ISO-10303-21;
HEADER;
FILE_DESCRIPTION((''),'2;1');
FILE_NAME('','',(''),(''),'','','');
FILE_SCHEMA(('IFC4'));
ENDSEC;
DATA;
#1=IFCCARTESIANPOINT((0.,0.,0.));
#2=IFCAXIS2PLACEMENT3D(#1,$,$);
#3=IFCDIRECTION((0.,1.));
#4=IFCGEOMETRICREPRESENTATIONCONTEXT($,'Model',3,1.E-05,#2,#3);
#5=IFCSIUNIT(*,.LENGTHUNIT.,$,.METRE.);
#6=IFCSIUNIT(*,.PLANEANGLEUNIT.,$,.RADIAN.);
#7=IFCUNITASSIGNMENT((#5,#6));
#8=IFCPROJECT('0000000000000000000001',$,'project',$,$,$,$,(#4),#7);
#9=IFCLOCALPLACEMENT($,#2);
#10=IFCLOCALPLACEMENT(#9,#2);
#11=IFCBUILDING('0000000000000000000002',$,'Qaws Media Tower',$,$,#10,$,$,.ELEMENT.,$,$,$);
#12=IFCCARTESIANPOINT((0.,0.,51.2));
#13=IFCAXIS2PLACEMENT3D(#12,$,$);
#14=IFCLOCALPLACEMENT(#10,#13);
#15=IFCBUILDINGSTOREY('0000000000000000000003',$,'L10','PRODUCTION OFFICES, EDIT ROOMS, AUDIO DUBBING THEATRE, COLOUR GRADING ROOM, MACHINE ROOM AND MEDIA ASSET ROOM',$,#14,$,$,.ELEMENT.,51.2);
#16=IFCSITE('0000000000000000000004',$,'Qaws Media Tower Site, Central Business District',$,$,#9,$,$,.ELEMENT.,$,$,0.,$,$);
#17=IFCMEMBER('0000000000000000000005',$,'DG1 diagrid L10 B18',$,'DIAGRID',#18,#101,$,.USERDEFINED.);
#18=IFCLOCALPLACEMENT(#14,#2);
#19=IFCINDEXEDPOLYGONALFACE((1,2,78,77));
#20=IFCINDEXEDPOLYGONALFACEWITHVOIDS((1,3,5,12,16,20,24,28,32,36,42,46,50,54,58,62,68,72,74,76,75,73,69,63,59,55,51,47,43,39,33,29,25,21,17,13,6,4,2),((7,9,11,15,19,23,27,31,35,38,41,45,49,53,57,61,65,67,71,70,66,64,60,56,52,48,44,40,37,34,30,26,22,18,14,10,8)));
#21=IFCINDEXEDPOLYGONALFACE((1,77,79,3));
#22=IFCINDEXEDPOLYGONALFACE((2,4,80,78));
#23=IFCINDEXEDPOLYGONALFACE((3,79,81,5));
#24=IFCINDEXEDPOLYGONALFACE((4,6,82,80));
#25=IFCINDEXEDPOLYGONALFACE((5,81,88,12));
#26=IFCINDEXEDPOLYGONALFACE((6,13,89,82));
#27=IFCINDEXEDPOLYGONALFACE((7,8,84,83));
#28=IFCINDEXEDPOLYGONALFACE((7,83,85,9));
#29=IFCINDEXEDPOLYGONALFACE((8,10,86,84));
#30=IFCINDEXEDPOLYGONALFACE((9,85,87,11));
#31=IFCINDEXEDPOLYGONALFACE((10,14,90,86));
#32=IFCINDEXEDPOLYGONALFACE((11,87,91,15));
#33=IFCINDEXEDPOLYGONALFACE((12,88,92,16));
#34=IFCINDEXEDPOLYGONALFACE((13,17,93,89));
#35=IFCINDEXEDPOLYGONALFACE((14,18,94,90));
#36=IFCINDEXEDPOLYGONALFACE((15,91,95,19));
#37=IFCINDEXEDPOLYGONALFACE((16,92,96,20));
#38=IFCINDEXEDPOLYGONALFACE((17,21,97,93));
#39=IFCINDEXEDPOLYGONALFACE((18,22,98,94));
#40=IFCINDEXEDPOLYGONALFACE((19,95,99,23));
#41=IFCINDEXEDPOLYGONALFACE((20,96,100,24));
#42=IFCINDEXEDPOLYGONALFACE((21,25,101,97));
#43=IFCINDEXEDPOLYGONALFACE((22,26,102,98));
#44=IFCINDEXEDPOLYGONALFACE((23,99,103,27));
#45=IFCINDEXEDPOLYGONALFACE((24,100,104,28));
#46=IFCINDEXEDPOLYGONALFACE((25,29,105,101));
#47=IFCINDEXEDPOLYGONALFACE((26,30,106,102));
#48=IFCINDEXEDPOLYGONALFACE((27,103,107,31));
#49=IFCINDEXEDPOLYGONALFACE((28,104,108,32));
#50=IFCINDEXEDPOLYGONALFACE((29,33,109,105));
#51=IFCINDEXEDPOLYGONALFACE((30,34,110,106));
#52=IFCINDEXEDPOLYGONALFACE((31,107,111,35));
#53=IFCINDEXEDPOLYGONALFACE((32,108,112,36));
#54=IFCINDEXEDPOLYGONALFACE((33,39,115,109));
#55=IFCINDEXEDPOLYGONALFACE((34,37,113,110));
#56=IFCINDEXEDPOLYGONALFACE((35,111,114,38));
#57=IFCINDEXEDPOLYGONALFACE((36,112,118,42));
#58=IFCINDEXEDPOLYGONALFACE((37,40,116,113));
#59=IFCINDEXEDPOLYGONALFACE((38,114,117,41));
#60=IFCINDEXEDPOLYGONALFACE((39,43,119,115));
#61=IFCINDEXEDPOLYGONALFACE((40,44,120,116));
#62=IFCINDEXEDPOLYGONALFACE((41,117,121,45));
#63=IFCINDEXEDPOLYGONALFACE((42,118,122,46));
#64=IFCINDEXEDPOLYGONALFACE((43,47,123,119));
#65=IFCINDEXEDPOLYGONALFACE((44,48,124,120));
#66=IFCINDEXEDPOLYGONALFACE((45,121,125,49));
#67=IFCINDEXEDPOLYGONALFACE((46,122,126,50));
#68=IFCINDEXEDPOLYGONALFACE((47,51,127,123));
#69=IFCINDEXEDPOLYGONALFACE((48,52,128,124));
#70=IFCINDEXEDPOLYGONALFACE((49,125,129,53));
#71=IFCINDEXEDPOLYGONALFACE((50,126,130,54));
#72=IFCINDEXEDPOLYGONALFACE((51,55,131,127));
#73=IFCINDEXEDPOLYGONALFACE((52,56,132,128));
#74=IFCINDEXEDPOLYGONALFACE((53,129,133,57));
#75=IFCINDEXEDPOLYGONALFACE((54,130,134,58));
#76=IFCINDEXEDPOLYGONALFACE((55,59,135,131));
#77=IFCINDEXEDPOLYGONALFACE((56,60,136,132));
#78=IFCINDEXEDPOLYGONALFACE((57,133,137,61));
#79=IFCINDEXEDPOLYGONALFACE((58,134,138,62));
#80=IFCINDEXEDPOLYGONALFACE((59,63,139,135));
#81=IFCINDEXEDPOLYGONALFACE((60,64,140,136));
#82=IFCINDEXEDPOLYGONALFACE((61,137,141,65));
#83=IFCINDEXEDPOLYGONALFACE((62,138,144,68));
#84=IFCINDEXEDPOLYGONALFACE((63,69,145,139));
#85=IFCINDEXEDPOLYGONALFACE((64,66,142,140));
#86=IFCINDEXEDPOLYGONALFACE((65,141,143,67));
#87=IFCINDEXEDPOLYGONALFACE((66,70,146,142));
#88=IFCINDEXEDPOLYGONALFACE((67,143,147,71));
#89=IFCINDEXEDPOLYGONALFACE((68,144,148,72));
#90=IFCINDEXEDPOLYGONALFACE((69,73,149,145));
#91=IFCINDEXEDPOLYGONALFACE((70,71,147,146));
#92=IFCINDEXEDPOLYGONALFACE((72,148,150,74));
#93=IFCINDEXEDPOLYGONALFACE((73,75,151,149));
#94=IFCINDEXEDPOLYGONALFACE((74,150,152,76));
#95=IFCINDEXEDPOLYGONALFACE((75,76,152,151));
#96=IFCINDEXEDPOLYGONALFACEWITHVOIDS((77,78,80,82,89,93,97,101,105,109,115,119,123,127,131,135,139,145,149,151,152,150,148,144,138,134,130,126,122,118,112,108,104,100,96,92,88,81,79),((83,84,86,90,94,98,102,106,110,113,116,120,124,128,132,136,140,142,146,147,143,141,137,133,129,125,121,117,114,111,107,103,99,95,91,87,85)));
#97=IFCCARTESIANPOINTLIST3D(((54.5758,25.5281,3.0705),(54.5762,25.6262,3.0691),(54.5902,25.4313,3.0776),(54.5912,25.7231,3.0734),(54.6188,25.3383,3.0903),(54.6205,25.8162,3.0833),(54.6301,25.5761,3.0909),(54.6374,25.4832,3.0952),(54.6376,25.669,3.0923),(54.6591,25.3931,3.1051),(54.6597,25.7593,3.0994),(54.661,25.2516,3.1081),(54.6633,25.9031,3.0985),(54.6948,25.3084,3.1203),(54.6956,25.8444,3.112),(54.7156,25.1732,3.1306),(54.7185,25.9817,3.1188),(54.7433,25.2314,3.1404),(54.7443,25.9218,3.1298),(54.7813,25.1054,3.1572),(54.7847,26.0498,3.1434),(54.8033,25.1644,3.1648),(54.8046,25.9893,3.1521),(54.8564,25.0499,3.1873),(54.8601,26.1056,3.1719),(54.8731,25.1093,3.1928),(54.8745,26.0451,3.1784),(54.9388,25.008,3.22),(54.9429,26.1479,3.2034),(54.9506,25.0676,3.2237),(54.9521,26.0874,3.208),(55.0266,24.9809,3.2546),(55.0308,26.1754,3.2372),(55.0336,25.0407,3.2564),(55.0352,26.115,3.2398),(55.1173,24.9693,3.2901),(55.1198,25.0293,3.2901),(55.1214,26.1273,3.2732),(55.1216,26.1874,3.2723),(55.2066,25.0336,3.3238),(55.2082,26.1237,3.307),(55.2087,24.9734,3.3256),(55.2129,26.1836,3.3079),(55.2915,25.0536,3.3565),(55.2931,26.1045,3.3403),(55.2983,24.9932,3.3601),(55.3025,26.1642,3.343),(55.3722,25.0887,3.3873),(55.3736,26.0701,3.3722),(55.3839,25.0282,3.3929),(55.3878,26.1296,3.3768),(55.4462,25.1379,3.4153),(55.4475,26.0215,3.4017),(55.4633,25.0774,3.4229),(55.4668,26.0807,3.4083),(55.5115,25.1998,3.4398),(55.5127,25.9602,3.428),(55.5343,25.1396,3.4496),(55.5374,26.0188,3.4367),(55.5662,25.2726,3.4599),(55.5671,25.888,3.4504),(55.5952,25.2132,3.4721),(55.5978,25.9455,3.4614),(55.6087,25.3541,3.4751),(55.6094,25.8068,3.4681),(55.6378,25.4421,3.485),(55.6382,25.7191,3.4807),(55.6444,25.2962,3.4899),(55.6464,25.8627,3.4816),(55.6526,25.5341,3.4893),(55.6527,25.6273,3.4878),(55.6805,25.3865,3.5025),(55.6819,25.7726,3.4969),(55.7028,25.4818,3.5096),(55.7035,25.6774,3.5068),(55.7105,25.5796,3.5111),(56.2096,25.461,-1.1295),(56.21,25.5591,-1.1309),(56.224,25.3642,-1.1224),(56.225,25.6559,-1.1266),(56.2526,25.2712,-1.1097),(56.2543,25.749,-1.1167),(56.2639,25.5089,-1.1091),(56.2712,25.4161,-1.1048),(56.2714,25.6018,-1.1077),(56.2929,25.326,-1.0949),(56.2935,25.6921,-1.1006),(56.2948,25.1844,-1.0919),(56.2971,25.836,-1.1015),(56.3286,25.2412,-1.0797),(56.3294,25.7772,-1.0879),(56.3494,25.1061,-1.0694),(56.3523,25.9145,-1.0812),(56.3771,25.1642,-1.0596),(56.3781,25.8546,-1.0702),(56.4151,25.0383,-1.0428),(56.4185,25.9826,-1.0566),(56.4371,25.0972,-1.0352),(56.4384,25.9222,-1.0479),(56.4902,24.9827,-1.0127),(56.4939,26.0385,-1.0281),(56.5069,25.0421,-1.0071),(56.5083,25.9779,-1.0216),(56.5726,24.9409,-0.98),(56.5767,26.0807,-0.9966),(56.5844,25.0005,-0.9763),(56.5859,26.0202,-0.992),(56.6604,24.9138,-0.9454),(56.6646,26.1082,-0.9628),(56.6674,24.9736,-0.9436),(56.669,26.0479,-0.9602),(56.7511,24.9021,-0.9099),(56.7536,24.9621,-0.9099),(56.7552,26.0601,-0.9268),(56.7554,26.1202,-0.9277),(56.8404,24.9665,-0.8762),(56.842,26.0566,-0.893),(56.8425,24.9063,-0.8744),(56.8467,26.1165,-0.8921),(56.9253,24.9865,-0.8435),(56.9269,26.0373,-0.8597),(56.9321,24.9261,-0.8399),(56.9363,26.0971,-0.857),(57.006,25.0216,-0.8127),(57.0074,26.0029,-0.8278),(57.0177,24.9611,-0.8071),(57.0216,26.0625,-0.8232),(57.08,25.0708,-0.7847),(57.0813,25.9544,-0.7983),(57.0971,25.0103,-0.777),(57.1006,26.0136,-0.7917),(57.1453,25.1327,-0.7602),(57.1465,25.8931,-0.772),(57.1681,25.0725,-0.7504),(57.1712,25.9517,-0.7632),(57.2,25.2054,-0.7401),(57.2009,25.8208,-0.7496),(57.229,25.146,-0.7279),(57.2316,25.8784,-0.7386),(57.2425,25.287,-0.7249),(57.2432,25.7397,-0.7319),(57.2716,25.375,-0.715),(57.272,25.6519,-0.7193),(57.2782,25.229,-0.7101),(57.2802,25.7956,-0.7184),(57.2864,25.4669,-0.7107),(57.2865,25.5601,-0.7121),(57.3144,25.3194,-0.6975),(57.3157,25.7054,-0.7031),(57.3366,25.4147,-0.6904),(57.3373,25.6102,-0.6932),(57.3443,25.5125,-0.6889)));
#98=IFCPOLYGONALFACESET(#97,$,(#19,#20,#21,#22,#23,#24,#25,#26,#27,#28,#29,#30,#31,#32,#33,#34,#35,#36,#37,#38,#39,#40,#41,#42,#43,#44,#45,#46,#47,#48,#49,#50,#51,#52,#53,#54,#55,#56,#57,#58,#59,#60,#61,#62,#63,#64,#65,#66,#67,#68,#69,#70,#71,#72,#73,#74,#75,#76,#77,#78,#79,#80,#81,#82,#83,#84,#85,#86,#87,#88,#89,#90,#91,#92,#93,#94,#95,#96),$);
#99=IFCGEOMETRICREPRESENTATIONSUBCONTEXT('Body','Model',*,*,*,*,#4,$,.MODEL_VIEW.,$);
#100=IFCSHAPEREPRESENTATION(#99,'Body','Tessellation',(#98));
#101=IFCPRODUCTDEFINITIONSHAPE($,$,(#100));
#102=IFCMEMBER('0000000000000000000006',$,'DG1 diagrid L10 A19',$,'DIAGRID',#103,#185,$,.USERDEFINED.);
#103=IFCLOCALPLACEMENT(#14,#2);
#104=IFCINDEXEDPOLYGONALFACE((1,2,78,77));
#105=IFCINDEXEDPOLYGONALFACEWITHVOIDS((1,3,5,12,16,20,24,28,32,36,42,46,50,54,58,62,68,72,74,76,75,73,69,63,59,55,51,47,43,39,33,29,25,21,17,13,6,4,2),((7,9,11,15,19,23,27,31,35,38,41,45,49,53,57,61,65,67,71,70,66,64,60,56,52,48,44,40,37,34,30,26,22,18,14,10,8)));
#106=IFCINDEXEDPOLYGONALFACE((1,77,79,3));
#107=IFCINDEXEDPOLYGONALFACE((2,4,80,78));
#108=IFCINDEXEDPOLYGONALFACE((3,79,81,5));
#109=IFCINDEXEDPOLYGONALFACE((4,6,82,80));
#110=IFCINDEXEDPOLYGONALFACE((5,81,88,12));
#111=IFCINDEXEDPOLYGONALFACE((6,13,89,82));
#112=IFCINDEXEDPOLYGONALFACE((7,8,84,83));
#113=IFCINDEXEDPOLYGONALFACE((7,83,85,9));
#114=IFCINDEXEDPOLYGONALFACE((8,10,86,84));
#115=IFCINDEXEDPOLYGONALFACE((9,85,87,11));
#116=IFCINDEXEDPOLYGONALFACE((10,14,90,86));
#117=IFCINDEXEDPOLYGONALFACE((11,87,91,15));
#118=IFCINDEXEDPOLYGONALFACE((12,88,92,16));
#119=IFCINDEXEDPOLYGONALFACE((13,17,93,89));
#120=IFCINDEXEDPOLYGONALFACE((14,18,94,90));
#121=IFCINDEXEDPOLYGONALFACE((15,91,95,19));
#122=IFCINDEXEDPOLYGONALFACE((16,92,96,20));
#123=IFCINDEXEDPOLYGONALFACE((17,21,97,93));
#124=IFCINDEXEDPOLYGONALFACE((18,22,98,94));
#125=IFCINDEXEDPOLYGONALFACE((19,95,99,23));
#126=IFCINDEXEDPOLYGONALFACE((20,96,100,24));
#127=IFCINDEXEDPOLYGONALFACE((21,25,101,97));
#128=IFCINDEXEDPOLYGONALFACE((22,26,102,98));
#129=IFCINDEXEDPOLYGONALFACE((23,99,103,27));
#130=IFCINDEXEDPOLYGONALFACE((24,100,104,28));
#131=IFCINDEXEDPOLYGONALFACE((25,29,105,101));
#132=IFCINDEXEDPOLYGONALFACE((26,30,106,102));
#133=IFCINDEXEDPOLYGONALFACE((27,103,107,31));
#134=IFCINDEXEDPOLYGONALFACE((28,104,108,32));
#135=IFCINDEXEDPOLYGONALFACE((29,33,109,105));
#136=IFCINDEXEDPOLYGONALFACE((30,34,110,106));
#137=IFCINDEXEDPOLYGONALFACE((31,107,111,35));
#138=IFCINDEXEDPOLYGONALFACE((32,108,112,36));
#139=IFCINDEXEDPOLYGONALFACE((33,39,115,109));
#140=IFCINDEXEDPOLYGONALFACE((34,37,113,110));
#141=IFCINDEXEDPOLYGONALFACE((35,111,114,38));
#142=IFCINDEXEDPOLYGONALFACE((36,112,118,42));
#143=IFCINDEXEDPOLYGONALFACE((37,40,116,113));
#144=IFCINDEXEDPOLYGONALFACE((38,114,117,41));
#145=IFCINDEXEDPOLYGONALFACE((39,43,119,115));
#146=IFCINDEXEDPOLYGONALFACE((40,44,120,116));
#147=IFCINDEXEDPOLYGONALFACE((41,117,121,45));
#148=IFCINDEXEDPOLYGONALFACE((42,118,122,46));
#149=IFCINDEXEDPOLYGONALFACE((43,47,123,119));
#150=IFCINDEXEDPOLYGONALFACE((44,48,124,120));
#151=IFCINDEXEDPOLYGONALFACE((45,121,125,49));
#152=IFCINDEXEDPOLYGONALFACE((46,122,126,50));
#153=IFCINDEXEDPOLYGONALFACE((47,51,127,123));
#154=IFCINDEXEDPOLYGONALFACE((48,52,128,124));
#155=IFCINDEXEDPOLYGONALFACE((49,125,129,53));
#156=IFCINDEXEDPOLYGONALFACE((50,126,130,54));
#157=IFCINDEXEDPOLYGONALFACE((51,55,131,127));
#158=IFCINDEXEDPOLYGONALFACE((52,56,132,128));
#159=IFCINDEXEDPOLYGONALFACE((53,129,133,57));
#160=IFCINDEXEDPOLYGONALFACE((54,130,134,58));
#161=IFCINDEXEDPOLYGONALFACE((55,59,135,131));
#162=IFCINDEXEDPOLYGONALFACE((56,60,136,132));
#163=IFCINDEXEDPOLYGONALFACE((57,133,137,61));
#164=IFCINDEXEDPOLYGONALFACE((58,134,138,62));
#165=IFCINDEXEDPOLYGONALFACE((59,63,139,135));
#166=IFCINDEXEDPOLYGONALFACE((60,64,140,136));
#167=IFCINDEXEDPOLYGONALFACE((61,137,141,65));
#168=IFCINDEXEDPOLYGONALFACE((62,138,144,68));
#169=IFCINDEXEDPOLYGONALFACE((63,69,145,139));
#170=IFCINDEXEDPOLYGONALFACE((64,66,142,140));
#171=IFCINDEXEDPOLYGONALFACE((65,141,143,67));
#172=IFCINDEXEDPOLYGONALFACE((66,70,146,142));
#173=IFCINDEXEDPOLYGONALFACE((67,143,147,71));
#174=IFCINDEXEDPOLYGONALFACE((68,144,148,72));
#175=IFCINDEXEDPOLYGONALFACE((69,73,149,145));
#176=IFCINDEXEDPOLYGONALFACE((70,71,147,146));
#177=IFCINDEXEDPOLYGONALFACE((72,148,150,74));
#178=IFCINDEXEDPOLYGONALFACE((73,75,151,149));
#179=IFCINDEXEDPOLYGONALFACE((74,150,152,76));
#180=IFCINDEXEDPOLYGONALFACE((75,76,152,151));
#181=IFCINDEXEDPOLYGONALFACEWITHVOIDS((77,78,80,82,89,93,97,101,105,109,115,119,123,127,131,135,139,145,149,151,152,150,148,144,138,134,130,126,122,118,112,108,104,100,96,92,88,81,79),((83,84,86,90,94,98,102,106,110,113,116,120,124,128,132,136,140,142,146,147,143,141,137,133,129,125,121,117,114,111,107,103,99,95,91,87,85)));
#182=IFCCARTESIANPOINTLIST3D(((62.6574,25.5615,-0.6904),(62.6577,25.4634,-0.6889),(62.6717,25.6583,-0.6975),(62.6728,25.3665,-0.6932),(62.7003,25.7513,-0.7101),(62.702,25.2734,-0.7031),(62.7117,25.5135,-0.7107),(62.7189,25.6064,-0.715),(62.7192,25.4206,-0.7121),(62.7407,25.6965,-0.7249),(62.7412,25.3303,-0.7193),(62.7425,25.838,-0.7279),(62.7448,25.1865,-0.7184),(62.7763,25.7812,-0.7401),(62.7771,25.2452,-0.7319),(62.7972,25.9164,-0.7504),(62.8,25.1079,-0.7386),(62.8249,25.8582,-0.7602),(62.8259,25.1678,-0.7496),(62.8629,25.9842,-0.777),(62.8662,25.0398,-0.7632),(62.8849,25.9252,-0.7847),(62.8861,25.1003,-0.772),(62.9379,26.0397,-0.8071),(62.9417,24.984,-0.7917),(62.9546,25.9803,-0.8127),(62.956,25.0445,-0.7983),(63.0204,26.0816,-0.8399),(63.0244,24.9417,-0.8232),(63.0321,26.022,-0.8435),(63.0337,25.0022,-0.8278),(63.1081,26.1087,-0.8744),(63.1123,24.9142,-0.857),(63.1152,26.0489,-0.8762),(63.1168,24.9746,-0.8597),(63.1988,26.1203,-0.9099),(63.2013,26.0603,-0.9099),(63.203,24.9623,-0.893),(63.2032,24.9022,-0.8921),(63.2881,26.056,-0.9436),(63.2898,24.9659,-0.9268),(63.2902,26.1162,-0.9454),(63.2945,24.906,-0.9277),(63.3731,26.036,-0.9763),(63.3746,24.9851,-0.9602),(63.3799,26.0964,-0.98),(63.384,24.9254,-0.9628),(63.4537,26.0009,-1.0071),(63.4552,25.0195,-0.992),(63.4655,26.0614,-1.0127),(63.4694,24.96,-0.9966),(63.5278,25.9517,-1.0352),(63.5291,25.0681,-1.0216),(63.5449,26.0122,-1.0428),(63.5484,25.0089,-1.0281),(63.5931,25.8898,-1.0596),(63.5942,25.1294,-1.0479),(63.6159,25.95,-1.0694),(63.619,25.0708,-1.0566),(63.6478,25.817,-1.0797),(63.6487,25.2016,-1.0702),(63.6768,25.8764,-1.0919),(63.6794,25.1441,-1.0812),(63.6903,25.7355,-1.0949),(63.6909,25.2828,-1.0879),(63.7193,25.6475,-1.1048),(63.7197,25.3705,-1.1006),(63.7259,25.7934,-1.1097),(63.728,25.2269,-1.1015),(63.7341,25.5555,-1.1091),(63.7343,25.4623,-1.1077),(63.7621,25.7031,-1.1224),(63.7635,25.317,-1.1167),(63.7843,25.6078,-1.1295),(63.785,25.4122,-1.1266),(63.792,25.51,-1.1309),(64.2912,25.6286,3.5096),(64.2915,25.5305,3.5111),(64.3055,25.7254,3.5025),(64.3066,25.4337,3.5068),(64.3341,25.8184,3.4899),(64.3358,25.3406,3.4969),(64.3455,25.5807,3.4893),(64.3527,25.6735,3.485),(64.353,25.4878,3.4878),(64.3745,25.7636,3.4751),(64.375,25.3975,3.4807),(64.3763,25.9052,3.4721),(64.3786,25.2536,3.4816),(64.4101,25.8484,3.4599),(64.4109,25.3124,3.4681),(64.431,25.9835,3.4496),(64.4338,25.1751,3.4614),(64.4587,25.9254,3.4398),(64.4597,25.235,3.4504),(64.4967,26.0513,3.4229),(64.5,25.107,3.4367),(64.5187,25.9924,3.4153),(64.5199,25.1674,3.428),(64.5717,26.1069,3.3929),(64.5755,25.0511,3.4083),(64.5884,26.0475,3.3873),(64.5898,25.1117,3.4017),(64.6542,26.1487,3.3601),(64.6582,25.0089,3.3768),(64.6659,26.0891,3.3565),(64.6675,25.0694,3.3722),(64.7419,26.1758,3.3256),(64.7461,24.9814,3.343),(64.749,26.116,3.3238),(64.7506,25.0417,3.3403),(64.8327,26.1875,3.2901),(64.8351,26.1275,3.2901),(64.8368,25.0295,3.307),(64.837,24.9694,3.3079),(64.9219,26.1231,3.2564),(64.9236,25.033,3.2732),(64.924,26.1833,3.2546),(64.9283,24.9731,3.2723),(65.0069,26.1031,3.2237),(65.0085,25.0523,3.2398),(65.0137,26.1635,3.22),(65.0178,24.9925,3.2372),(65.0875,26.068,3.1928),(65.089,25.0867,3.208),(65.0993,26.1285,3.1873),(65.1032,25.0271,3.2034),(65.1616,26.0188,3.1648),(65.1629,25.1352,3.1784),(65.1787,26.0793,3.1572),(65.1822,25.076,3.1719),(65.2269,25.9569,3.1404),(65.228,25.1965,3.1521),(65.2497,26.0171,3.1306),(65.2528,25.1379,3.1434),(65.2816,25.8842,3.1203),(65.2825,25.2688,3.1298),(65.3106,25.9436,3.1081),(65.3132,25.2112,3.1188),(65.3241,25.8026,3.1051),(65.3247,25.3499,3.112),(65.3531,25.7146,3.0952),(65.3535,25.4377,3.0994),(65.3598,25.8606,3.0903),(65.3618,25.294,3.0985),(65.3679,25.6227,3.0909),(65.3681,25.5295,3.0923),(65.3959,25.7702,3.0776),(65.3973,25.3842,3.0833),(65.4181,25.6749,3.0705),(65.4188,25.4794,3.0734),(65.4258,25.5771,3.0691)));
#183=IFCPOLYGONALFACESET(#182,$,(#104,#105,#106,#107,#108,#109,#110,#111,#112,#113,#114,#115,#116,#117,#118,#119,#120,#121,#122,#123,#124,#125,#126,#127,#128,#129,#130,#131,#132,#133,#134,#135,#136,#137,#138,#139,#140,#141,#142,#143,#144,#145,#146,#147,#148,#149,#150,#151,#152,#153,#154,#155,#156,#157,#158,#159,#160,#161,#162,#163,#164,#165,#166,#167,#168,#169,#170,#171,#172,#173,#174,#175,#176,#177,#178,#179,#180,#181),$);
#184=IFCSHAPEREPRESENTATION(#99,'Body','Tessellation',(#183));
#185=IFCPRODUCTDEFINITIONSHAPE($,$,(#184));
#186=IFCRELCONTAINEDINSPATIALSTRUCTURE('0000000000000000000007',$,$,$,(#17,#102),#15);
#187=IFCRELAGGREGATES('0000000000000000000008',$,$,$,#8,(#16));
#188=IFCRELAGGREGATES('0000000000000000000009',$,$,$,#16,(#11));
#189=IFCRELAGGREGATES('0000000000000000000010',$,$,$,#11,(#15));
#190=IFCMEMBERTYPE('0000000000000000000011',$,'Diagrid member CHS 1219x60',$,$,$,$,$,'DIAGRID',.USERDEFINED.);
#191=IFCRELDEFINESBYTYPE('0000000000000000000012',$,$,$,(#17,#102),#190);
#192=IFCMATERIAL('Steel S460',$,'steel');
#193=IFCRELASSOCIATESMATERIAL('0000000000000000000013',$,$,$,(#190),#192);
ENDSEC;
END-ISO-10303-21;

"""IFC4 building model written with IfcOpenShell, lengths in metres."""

from ifc_helpers import new_model, si_unit, direction, frame, origin, origin_2d, place, context, subcontext, project, spatial, hollow_circle, extrude, material, material_profile, profile_set, type_object, element, save


model = new_model("IFC4")

# Units and contexts
model_context = context("Model", 3, precision=1e-05, world=origin(), true_north=direction((0.0, 1.0)))
body_context = subcontext(model_context, "Body", "Model", "MODEL_VIEW")
ifc_project = project(units=[si_unit("LENGTHUNIT", "METRE"), si_unit("PLANEANGLEUNIT", "RADIAN")], contexts=[model_context])

# Site, building, storey
site_placement = place(None, origin())
site = spatial("IfcSite", under=ifc_project, at=site_placement, Name="Qaws Media Tower Site, Central Business District", CompositionType="ELEMENT", RefElevation=0.0)
building_placement = place(site_placement, origin())
building = spatial("IfcBuilding", under=site, at=building_placement, Name="Qaws Media Tower", CompositionType="ELEMENT")
storey_placement = place(building_placement, frame((0.0, 0.0, 51.2)))
storey = spatial("IfcBuildingStorey", under=building, at=storey_placement, Name="L10", Description="PRODUCTION OFFICES, EDIT ROOMS, AUDIO DUBBING THEATRE, COLOUR GRADING ROOM, MACHINE ROOM AND MEDIA ASSET ROOM", CompositionType="ELEMENT", Elevation=51.2)

# Members
ifc_material_1 = material(Name="Steel S460", Category="steel")
ifc_material_profile_1 = material_profile(ifc_material_1, hollow_circle(Radius=0.6096, WallThickness=0.0601, at=origin_2d()), Name="CHS 1219x60")
ifc_profile_set_1 = profile_set([ifc_material_profile_1], Name="Steel S460")
member_type_1 = type_object("IfcMemberType", Name="Diagrid member CHS 1219x60", ElementType="DIAGRID", PredefinedType="USERDEFINED", material=ifc_profile_set_1)
for number, where, z_axis, x_axis, name in (
    (1, (56.7761, 25.5112, -0.9099), (-0.362498, 0.014896, 0.931866), (-0.041059, -0.999157, 0.0), "DG1 diagrid L10 B18"),
    (2, (63.2239, 25.5112, -0.9099), (0.362498, 0.014896, 0.931866), (-0.041059, 0.999157, 0.0), "DG1 diagrid L10 A19"),
):
    element("IfcMember", number, at=place(storey_placement, frame(where, z_axis=z_axis, x_axis=x_axis)), inside=storey, type_object=member_type_1, Name=name, ObjectType="DIAGRID", PredefinedType="USERDEFINED", context=body_context, shape_type="SweptSolid", body=[
        extrude(hollow_circle(Radius=0.6096, WallThickness=0.0601, at=origin_2d()), origin(), (0.0, 0.0, 1.0), 4.5071),
    ])

save(model, "model.ifc")
